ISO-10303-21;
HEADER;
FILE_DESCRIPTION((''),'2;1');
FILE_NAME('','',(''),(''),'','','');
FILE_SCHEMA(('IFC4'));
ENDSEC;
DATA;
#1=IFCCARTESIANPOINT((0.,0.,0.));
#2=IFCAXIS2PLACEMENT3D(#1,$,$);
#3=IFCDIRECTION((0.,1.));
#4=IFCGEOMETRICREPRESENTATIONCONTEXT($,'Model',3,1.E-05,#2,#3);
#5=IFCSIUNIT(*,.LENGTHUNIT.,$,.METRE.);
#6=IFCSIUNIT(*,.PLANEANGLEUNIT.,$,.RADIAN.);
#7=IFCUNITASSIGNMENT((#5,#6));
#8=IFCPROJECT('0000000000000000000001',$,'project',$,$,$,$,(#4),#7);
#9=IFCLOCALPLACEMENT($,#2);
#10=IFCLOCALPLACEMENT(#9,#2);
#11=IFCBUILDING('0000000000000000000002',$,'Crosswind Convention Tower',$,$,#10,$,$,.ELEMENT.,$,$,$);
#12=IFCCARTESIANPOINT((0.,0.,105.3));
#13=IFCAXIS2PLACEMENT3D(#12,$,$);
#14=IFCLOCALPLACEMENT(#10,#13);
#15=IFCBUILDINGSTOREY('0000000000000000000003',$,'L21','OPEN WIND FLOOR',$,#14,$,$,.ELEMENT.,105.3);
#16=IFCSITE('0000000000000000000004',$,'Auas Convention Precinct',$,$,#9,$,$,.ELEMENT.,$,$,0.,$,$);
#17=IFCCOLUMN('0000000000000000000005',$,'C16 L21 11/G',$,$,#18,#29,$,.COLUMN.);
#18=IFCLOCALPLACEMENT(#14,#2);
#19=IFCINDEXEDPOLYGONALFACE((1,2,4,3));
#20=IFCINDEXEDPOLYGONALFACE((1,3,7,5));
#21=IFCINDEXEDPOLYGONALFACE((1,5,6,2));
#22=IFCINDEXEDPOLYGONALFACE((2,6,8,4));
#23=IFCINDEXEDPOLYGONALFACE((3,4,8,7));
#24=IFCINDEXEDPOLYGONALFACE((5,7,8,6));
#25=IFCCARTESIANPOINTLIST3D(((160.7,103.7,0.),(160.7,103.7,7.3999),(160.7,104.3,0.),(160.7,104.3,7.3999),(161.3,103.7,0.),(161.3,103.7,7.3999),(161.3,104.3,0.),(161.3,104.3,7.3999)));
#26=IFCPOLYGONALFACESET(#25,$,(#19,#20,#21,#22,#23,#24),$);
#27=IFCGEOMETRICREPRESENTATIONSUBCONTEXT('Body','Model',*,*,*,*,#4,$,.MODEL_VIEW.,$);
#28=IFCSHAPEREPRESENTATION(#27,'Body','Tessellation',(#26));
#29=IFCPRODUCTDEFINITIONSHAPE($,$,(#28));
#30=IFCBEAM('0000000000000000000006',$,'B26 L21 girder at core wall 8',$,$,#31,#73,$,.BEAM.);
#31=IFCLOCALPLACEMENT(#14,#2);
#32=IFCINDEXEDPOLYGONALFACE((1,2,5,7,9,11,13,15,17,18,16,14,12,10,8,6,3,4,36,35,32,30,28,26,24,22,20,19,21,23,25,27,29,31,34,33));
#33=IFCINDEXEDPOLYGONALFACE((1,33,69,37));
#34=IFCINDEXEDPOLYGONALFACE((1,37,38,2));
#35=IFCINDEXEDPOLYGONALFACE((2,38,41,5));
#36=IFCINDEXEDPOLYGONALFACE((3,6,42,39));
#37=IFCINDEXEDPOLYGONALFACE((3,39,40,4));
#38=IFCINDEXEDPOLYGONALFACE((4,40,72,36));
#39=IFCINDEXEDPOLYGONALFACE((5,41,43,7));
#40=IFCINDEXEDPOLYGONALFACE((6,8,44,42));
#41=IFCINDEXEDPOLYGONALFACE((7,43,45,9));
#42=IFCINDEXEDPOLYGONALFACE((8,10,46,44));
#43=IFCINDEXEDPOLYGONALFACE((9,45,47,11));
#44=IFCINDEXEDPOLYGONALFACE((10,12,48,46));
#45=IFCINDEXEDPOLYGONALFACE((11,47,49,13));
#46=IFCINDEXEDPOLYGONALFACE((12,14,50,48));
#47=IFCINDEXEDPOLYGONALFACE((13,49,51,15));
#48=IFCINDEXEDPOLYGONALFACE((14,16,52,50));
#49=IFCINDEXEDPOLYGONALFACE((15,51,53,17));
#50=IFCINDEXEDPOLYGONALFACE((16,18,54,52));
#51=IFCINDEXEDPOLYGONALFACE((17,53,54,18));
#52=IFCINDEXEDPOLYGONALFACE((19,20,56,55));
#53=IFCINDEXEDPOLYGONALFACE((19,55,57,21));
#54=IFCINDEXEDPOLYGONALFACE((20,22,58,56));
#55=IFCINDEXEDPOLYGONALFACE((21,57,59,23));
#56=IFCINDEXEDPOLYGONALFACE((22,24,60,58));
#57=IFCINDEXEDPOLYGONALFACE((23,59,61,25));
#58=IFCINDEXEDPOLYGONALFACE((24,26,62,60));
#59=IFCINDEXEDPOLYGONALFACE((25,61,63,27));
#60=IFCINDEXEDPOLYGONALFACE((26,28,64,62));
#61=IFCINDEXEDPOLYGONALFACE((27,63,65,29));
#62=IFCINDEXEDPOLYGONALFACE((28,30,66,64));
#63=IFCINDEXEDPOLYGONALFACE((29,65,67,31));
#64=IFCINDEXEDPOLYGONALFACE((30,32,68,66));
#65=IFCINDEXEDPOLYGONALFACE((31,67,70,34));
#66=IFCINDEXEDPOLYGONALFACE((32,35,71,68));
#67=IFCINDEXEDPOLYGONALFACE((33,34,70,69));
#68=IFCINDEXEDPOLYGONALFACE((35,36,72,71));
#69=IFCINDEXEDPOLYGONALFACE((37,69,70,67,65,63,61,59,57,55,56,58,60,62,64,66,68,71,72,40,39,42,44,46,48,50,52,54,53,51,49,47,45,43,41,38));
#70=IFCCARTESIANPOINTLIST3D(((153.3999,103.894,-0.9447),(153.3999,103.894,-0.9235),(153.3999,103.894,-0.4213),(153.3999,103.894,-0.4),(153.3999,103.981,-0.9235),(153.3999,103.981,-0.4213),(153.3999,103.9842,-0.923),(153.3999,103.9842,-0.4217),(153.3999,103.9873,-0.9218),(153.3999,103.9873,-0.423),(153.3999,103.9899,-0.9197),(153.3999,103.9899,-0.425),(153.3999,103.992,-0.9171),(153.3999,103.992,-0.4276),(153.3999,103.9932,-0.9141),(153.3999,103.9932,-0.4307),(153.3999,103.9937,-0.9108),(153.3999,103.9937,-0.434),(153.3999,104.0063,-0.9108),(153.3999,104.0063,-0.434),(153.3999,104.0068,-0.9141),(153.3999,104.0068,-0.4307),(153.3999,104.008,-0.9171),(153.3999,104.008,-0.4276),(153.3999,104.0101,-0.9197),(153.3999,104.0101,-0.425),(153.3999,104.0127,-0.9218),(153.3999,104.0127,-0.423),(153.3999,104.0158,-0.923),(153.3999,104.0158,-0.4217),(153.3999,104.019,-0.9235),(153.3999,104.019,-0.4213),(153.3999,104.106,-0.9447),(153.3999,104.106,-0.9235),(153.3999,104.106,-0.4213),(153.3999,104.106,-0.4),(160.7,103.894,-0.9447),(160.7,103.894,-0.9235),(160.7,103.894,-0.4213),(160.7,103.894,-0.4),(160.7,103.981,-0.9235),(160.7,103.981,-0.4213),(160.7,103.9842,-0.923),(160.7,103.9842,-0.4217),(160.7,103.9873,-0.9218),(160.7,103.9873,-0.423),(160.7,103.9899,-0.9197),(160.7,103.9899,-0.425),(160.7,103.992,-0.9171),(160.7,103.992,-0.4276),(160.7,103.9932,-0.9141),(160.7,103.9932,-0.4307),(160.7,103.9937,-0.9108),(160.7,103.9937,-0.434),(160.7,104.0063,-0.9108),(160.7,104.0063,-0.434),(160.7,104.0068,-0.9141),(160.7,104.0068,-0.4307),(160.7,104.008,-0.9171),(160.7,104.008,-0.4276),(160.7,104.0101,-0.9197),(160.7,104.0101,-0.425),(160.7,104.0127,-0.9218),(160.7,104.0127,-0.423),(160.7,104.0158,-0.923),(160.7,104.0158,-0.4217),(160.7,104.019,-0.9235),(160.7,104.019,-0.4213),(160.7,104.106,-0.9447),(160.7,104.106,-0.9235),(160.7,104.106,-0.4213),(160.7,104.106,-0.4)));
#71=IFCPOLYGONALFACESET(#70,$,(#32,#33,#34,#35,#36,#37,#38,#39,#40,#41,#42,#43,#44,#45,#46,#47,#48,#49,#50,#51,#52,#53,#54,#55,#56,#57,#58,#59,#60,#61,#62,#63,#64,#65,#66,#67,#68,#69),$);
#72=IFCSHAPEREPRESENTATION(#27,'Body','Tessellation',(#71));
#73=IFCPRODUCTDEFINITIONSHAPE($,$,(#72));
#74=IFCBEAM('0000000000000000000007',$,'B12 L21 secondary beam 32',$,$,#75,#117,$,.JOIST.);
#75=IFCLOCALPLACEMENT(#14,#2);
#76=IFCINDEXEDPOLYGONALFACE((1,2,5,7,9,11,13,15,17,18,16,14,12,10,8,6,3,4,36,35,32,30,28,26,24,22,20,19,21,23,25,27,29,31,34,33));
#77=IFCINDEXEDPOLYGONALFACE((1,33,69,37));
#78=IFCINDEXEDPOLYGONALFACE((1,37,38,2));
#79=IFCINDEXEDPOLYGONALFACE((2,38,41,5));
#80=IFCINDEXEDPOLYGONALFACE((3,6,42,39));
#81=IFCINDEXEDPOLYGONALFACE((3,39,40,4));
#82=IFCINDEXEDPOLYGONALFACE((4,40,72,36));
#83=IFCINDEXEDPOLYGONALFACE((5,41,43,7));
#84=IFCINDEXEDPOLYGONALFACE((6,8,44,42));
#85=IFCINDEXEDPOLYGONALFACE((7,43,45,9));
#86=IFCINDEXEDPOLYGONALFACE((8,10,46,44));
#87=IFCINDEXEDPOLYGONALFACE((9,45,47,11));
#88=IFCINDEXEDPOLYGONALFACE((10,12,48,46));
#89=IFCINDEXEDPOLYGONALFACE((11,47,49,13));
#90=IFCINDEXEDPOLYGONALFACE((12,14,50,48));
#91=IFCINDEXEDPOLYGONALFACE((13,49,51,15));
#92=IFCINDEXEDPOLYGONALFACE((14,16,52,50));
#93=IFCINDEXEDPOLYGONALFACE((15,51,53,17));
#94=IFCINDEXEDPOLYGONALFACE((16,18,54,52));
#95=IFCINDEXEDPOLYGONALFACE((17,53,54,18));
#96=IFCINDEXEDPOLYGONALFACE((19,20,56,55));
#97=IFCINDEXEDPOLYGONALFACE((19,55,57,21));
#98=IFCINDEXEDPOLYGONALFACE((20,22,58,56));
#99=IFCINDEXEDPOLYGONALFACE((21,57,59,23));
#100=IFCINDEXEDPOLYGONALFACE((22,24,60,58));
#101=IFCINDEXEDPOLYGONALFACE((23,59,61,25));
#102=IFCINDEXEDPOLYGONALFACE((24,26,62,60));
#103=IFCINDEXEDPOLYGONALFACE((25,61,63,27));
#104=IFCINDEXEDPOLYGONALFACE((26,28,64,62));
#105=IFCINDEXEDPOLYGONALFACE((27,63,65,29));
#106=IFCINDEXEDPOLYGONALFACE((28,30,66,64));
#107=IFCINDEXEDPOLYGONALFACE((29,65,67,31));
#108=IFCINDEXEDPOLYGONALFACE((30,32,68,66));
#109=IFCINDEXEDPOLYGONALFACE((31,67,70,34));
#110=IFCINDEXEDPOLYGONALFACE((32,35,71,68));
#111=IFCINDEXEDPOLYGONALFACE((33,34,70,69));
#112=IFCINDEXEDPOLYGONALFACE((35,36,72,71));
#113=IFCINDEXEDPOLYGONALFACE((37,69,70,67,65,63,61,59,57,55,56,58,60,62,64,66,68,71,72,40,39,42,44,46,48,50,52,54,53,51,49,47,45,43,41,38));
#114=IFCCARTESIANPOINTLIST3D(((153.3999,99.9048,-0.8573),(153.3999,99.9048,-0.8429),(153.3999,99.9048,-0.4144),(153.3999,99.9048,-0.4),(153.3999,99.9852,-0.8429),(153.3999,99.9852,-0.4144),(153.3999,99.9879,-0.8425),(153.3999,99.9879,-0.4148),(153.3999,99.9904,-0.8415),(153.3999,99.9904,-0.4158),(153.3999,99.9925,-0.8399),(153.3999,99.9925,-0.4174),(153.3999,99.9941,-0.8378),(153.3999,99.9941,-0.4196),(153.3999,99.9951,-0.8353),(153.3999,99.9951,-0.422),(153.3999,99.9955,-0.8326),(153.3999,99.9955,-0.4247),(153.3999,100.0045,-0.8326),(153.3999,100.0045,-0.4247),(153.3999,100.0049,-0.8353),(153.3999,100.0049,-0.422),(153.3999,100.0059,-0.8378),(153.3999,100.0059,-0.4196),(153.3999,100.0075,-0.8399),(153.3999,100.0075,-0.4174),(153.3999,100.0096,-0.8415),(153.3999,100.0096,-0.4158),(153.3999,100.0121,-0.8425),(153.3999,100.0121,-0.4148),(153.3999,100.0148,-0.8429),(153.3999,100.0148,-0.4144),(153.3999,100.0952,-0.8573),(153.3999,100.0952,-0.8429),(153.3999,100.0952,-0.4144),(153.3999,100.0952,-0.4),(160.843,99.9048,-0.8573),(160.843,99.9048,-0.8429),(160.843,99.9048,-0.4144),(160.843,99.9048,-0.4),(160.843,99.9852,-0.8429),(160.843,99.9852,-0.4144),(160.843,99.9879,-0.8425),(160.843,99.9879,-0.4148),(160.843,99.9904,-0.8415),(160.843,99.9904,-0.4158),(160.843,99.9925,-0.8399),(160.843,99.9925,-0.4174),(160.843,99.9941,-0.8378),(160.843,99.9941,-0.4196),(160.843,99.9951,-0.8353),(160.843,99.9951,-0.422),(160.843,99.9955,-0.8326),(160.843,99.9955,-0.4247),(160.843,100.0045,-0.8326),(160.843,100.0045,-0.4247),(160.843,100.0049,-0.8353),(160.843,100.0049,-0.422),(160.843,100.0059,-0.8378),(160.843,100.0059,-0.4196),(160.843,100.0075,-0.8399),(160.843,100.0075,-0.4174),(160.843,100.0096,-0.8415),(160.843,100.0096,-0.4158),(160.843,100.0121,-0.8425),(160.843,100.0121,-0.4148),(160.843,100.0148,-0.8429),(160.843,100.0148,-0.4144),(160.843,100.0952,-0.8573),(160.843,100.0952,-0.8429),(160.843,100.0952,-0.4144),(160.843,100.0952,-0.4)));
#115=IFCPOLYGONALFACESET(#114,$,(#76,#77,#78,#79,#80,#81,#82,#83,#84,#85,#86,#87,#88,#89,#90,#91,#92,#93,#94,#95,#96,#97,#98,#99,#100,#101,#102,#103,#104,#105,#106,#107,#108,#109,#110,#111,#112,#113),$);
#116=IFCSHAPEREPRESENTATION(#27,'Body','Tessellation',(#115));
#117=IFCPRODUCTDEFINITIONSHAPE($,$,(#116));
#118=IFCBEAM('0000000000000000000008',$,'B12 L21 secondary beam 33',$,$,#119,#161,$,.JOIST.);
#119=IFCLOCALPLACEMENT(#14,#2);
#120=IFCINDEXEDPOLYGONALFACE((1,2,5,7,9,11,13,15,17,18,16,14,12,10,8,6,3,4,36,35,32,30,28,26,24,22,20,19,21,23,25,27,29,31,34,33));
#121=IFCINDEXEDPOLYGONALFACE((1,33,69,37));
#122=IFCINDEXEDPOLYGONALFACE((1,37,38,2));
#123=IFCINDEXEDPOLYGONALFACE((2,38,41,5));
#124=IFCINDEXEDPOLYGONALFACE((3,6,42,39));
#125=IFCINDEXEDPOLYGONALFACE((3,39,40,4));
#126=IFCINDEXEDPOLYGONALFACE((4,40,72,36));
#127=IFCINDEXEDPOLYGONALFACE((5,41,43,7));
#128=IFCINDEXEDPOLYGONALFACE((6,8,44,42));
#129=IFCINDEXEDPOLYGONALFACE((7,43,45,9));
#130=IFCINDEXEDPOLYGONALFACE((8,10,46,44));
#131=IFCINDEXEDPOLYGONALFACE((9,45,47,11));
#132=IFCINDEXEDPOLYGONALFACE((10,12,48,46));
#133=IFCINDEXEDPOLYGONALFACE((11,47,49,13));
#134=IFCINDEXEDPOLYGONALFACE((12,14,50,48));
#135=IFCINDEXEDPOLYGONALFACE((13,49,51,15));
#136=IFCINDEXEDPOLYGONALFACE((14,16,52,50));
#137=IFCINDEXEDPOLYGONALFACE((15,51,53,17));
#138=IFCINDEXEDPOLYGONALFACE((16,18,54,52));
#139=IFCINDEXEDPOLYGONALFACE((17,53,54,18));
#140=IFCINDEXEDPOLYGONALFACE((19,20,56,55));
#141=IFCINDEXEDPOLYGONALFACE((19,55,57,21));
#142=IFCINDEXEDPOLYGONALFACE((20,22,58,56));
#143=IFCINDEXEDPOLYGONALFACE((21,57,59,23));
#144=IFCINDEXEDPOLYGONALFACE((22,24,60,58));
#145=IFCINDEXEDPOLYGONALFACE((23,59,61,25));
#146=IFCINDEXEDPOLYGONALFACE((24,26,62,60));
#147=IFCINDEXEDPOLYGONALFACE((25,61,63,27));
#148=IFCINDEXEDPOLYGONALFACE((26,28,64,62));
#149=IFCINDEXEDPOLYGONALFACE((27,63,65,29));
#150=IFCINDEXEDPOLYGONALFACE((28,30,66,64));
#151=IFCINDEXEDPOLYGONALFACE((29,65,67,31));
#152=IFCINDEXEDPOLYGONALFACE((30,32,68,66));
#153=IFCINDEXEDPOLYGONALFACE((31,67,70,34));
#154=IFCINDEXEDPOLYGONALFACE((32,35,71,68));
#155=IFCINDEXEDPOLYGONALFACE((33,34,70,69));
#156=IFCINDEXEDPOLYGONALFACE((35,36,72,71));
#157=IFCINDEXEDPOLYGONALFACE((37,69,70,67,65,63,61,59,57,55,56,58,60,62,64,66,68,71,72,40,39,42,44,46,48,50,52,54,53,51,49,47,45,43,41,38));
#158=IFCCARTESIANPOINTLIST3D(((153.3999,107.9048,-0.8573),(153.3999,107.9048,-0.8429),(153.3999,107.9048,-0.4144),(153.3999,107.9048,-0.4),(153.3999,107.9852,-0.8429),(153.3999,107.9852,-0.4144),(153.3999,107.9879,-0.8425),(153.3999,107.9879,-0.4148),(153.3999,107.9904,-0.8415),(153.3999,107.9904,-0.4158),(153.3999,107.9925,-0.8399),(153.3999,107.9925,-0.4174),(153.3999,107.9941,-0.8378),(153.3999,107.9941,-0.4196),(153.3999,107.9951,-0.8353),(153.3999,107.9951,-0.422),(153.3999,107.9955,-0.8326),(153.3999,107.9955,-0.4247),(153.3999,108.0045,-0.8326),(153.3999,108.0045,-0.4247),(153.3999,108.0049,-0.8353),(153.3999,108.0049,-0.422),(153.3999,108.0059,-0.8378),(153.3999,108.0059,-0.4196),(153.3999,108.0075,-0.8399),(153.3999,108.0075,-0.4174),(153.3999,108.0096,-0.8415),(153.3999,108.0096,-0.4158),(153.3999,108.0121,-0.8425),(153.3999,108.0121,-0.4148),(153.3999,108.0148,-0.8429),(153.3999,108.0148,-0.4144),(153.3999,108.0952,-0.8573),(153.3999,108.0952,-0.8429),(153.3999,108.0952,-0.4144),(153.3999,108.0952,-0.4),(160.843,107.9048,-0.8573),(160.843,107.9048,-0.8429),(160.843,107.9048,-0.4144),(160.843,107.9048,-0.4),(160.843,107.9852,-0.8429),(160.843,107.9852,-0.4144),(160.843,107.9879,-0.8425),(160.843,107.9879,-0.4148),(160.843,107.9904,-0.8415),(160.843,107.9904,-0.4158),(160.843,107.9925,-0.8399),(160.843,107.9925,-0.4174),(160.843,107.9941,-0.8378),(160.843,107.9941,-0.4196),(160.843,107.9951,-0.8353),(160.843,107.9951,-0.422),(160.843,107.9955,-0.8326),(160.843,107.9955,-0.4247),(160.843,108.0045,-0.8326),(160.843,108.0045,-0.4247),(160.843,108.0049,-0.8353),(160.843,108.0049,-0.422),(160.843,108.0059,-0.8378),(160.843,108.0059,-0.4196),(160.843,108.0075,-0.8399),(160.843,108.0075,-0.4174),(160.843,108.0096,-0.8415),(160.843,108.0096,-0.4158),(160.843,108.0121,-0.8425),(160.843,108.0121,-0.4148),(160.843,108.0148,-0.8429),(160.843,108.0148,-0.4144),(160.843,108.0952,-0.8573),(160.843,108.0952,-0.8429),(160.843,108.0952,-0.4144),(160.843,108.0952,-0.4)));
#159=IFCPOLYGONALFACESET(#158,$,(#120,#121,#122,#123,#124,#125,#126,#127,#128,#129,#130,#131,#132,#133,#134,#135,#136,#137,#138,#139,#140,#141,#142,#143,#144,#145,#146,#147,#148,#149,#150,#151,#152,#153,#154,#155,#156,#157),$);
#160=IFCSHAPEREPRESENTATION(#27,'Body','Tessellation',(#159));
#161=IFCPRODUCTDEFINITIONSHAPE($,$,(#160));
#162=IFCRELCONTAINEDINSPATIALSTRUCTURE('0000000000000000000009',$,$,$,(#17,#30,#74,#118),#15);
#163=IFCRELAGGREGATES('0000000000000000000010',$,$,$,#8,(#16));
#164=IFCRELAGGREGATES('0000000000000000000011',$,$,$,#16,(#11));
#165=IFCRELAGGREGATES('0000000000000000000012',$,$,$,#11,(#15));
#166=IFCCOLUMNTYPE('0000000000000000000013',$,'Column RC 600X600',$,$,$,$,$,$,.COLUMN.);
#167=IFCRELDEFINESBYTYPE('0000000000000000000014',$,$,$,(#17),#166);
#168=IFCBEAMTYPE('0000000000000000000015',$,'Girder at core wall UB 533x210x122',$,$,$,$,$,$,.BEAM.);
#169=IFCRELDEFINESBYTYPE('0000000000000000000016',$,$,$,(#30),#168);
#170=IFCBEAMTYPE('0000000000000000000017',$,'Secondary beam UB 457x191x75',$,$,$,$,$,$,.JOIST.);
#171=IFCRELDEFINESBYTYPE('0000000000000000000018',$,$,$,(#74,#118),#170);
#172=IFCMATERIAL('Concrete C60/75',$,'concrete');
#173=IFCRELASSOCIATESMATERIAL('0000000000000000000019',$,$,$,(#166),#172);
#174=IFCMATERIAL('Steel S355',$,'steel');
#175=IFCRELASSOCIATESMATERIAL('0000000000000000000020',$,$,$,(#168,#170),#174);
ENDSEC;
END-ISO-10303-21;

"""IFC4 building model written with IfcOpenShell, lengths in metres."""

from ifc_helpers import new_model, si_unit, direction, frame, origin, origin_2d, place, context, subcontext, project, spatial, rectangle, i_section, extrude, material, material_profile, profile_set, type_object, element, save


model = new_model("IFC4")

# Units and contexts
model_context = context("Model", 3, precision=1e-05, world=origin(), true_north=direction((0.0, 1.0)))
body_context = subcontext(model_context, "Body", "Model", "MODEL_VIEW")
ifc_project = project(units=[si_unit("LENGTHUNIT", "METRE"), si_unit("PLANEANGLEUNIT", "RADIAN")], contexts=[model_context])

# Site, building, storey
site_placement = place(None, origin())
site = spatial("IfcSite", under=ifc_project, at=site_placement, Name="Auas Convention Precinct", CompositionType="ELEMENT", RefElevation=0.0)
building_placement = place(site_placement, origin())
building = spatial("IfcBuilding", under=site, at=building_placement, Name="Crosswind Convention Tower", CompositionType="ELEMENT")
storey_placement = place(building_placement, frame((0.0, 0.0, 105.3)))
storey = spatial("IfcBuildingStorey", under=building, at=storey_placement, Name="L21", Description="OPEN WIND FLOOR", CompositionType="ELEMENT", Elevation=105.3)

# Column
ifc_material_1 = material(Name="Concrete C60/75", Category="concrete")
ifc_material_profile_1 = material_profile(ifc_material_1, rectangle(XDim=0.6001, YDim=0.6001, at=origin_2d()), Name="RC 600X600")
ifc_profile_set_1 = profile_set([ifc_material_profile_1], Name="Concrete C60/75")
column_type = type_object("IfcColumnType", Name="Column RC 600X600", PredefinedType="COLUMN", material=ifc_profile_set_1)
column_placement = place(storey_placement, frame((161.0, 104.0, 0.0), z_axis=(0.0, 0.0, 1.0), x_axis=(1.0, 0.0, 0.0)))
element("IfcColumn", 1, at=column_placement, inside=storey, type_object=column_type, Name="C16 L21 11/G", PredefinedType="COLUMN", context=body_context, shape_type="SweptSolid", body=[
    extrude(rectangle(XDim=0.6001, YDim=0.6001, at=origin_2d()), origin(), (0.0, 0.0, 1.0), 7.3999),
])

# Beams
ifc_material_2 = material(Name="Steel S355", Category="steel")
ifc_material_profile_2 = material_profile(ifc_material_2, i_section(OverallWidth=0.2119, OverallDepth=0.5447, WebThickness=0.0127, FlangeThickness=0.0212, FilletRadius=0.0127, at=origin_2d()), Name="UB 533x210x122")
ifc_profile_set_2 = profile_set([ifc_material_profile_2], Name="Steel S355")
beam_type_1 = type_object("IfcBeamType", Name="Girder at core wall UB 533x210x122", PredefinedType="BEAM", material=ifc_profile_set_2)
beam_placement = place(storey_placement, frame((153.3999, 104.0, -0.6724), z_axis=(1.0, 0.0, 0.0), x_axis=(0.0, 1.0, 0.0)))
element("IfcBeam", 2, at=beam_placement, inside=storey, type_object=beam_type_1, Name="B26 L21 girder at core wall 8", PredefinedType="BEAM", context=body_context, shape_type="SweptSolid", body=[
    extrude(i_section(OverallWidth=0.2119, OverallDepth=0.5447, WebThickness=0.0127, FlangeThickness=0.0212, FilletRadius=0.0127, at=origin_2d()), origin(), (0.0, 0.0, 1.0), 7.3),
])
ifc_material_profile_3 = material_profile(ifc_material_2, i_section(OverallWidth=0.1904, OverallDepth=0.4573, WebThickness=0.009, FlangeThickness=0.0144, FilletRadius=0.0103, at=origin_2d()), Name="UB 457x191x75")
ifc_profile_set_3 = profile_set([ifc_material_profile_3], Name="Steel S355")
beam_type_2 = type_object("IfcBeamType", Name="Secondary beam UB 457x191x75", PredefinedType="JOIST", material=ifc_profile_set_3)
for number, where, z_axis, x_axis, name in (
    (3, (153.3999, 100.0, -0.6287), (1.0, 0.0, 0.0), (0.0, 1.0, 0.0), "B12 L21 secondary beam 32"),
    (4, (153.3999, 108.0, -0.6287), (1.0, 0.0, 0.0), (0.0, 1.0, 0.0), "B12 L21 secondary beam 33"),
):
    element("IfcBeam", number, at=place(storey_placement, frame(where, z_axis=z_axis, x_axis=x_axis)), inside=storey, type_object=beam_type_2, Name=name, PredefinedType="JOIST", context=body_context, shape_type="SweptSolid", body=[
        extrude(i_section(OverallWidth=0.1904, OverallDepth=0.4573, WebThickness=0.009, FlangeThickness=0.0144, FilletRadius=0.0103, at=origin_2d()), origin(), (0.0, 0.0, 1.0), 7.4431),
    ])

save(model, "model.ifc")
